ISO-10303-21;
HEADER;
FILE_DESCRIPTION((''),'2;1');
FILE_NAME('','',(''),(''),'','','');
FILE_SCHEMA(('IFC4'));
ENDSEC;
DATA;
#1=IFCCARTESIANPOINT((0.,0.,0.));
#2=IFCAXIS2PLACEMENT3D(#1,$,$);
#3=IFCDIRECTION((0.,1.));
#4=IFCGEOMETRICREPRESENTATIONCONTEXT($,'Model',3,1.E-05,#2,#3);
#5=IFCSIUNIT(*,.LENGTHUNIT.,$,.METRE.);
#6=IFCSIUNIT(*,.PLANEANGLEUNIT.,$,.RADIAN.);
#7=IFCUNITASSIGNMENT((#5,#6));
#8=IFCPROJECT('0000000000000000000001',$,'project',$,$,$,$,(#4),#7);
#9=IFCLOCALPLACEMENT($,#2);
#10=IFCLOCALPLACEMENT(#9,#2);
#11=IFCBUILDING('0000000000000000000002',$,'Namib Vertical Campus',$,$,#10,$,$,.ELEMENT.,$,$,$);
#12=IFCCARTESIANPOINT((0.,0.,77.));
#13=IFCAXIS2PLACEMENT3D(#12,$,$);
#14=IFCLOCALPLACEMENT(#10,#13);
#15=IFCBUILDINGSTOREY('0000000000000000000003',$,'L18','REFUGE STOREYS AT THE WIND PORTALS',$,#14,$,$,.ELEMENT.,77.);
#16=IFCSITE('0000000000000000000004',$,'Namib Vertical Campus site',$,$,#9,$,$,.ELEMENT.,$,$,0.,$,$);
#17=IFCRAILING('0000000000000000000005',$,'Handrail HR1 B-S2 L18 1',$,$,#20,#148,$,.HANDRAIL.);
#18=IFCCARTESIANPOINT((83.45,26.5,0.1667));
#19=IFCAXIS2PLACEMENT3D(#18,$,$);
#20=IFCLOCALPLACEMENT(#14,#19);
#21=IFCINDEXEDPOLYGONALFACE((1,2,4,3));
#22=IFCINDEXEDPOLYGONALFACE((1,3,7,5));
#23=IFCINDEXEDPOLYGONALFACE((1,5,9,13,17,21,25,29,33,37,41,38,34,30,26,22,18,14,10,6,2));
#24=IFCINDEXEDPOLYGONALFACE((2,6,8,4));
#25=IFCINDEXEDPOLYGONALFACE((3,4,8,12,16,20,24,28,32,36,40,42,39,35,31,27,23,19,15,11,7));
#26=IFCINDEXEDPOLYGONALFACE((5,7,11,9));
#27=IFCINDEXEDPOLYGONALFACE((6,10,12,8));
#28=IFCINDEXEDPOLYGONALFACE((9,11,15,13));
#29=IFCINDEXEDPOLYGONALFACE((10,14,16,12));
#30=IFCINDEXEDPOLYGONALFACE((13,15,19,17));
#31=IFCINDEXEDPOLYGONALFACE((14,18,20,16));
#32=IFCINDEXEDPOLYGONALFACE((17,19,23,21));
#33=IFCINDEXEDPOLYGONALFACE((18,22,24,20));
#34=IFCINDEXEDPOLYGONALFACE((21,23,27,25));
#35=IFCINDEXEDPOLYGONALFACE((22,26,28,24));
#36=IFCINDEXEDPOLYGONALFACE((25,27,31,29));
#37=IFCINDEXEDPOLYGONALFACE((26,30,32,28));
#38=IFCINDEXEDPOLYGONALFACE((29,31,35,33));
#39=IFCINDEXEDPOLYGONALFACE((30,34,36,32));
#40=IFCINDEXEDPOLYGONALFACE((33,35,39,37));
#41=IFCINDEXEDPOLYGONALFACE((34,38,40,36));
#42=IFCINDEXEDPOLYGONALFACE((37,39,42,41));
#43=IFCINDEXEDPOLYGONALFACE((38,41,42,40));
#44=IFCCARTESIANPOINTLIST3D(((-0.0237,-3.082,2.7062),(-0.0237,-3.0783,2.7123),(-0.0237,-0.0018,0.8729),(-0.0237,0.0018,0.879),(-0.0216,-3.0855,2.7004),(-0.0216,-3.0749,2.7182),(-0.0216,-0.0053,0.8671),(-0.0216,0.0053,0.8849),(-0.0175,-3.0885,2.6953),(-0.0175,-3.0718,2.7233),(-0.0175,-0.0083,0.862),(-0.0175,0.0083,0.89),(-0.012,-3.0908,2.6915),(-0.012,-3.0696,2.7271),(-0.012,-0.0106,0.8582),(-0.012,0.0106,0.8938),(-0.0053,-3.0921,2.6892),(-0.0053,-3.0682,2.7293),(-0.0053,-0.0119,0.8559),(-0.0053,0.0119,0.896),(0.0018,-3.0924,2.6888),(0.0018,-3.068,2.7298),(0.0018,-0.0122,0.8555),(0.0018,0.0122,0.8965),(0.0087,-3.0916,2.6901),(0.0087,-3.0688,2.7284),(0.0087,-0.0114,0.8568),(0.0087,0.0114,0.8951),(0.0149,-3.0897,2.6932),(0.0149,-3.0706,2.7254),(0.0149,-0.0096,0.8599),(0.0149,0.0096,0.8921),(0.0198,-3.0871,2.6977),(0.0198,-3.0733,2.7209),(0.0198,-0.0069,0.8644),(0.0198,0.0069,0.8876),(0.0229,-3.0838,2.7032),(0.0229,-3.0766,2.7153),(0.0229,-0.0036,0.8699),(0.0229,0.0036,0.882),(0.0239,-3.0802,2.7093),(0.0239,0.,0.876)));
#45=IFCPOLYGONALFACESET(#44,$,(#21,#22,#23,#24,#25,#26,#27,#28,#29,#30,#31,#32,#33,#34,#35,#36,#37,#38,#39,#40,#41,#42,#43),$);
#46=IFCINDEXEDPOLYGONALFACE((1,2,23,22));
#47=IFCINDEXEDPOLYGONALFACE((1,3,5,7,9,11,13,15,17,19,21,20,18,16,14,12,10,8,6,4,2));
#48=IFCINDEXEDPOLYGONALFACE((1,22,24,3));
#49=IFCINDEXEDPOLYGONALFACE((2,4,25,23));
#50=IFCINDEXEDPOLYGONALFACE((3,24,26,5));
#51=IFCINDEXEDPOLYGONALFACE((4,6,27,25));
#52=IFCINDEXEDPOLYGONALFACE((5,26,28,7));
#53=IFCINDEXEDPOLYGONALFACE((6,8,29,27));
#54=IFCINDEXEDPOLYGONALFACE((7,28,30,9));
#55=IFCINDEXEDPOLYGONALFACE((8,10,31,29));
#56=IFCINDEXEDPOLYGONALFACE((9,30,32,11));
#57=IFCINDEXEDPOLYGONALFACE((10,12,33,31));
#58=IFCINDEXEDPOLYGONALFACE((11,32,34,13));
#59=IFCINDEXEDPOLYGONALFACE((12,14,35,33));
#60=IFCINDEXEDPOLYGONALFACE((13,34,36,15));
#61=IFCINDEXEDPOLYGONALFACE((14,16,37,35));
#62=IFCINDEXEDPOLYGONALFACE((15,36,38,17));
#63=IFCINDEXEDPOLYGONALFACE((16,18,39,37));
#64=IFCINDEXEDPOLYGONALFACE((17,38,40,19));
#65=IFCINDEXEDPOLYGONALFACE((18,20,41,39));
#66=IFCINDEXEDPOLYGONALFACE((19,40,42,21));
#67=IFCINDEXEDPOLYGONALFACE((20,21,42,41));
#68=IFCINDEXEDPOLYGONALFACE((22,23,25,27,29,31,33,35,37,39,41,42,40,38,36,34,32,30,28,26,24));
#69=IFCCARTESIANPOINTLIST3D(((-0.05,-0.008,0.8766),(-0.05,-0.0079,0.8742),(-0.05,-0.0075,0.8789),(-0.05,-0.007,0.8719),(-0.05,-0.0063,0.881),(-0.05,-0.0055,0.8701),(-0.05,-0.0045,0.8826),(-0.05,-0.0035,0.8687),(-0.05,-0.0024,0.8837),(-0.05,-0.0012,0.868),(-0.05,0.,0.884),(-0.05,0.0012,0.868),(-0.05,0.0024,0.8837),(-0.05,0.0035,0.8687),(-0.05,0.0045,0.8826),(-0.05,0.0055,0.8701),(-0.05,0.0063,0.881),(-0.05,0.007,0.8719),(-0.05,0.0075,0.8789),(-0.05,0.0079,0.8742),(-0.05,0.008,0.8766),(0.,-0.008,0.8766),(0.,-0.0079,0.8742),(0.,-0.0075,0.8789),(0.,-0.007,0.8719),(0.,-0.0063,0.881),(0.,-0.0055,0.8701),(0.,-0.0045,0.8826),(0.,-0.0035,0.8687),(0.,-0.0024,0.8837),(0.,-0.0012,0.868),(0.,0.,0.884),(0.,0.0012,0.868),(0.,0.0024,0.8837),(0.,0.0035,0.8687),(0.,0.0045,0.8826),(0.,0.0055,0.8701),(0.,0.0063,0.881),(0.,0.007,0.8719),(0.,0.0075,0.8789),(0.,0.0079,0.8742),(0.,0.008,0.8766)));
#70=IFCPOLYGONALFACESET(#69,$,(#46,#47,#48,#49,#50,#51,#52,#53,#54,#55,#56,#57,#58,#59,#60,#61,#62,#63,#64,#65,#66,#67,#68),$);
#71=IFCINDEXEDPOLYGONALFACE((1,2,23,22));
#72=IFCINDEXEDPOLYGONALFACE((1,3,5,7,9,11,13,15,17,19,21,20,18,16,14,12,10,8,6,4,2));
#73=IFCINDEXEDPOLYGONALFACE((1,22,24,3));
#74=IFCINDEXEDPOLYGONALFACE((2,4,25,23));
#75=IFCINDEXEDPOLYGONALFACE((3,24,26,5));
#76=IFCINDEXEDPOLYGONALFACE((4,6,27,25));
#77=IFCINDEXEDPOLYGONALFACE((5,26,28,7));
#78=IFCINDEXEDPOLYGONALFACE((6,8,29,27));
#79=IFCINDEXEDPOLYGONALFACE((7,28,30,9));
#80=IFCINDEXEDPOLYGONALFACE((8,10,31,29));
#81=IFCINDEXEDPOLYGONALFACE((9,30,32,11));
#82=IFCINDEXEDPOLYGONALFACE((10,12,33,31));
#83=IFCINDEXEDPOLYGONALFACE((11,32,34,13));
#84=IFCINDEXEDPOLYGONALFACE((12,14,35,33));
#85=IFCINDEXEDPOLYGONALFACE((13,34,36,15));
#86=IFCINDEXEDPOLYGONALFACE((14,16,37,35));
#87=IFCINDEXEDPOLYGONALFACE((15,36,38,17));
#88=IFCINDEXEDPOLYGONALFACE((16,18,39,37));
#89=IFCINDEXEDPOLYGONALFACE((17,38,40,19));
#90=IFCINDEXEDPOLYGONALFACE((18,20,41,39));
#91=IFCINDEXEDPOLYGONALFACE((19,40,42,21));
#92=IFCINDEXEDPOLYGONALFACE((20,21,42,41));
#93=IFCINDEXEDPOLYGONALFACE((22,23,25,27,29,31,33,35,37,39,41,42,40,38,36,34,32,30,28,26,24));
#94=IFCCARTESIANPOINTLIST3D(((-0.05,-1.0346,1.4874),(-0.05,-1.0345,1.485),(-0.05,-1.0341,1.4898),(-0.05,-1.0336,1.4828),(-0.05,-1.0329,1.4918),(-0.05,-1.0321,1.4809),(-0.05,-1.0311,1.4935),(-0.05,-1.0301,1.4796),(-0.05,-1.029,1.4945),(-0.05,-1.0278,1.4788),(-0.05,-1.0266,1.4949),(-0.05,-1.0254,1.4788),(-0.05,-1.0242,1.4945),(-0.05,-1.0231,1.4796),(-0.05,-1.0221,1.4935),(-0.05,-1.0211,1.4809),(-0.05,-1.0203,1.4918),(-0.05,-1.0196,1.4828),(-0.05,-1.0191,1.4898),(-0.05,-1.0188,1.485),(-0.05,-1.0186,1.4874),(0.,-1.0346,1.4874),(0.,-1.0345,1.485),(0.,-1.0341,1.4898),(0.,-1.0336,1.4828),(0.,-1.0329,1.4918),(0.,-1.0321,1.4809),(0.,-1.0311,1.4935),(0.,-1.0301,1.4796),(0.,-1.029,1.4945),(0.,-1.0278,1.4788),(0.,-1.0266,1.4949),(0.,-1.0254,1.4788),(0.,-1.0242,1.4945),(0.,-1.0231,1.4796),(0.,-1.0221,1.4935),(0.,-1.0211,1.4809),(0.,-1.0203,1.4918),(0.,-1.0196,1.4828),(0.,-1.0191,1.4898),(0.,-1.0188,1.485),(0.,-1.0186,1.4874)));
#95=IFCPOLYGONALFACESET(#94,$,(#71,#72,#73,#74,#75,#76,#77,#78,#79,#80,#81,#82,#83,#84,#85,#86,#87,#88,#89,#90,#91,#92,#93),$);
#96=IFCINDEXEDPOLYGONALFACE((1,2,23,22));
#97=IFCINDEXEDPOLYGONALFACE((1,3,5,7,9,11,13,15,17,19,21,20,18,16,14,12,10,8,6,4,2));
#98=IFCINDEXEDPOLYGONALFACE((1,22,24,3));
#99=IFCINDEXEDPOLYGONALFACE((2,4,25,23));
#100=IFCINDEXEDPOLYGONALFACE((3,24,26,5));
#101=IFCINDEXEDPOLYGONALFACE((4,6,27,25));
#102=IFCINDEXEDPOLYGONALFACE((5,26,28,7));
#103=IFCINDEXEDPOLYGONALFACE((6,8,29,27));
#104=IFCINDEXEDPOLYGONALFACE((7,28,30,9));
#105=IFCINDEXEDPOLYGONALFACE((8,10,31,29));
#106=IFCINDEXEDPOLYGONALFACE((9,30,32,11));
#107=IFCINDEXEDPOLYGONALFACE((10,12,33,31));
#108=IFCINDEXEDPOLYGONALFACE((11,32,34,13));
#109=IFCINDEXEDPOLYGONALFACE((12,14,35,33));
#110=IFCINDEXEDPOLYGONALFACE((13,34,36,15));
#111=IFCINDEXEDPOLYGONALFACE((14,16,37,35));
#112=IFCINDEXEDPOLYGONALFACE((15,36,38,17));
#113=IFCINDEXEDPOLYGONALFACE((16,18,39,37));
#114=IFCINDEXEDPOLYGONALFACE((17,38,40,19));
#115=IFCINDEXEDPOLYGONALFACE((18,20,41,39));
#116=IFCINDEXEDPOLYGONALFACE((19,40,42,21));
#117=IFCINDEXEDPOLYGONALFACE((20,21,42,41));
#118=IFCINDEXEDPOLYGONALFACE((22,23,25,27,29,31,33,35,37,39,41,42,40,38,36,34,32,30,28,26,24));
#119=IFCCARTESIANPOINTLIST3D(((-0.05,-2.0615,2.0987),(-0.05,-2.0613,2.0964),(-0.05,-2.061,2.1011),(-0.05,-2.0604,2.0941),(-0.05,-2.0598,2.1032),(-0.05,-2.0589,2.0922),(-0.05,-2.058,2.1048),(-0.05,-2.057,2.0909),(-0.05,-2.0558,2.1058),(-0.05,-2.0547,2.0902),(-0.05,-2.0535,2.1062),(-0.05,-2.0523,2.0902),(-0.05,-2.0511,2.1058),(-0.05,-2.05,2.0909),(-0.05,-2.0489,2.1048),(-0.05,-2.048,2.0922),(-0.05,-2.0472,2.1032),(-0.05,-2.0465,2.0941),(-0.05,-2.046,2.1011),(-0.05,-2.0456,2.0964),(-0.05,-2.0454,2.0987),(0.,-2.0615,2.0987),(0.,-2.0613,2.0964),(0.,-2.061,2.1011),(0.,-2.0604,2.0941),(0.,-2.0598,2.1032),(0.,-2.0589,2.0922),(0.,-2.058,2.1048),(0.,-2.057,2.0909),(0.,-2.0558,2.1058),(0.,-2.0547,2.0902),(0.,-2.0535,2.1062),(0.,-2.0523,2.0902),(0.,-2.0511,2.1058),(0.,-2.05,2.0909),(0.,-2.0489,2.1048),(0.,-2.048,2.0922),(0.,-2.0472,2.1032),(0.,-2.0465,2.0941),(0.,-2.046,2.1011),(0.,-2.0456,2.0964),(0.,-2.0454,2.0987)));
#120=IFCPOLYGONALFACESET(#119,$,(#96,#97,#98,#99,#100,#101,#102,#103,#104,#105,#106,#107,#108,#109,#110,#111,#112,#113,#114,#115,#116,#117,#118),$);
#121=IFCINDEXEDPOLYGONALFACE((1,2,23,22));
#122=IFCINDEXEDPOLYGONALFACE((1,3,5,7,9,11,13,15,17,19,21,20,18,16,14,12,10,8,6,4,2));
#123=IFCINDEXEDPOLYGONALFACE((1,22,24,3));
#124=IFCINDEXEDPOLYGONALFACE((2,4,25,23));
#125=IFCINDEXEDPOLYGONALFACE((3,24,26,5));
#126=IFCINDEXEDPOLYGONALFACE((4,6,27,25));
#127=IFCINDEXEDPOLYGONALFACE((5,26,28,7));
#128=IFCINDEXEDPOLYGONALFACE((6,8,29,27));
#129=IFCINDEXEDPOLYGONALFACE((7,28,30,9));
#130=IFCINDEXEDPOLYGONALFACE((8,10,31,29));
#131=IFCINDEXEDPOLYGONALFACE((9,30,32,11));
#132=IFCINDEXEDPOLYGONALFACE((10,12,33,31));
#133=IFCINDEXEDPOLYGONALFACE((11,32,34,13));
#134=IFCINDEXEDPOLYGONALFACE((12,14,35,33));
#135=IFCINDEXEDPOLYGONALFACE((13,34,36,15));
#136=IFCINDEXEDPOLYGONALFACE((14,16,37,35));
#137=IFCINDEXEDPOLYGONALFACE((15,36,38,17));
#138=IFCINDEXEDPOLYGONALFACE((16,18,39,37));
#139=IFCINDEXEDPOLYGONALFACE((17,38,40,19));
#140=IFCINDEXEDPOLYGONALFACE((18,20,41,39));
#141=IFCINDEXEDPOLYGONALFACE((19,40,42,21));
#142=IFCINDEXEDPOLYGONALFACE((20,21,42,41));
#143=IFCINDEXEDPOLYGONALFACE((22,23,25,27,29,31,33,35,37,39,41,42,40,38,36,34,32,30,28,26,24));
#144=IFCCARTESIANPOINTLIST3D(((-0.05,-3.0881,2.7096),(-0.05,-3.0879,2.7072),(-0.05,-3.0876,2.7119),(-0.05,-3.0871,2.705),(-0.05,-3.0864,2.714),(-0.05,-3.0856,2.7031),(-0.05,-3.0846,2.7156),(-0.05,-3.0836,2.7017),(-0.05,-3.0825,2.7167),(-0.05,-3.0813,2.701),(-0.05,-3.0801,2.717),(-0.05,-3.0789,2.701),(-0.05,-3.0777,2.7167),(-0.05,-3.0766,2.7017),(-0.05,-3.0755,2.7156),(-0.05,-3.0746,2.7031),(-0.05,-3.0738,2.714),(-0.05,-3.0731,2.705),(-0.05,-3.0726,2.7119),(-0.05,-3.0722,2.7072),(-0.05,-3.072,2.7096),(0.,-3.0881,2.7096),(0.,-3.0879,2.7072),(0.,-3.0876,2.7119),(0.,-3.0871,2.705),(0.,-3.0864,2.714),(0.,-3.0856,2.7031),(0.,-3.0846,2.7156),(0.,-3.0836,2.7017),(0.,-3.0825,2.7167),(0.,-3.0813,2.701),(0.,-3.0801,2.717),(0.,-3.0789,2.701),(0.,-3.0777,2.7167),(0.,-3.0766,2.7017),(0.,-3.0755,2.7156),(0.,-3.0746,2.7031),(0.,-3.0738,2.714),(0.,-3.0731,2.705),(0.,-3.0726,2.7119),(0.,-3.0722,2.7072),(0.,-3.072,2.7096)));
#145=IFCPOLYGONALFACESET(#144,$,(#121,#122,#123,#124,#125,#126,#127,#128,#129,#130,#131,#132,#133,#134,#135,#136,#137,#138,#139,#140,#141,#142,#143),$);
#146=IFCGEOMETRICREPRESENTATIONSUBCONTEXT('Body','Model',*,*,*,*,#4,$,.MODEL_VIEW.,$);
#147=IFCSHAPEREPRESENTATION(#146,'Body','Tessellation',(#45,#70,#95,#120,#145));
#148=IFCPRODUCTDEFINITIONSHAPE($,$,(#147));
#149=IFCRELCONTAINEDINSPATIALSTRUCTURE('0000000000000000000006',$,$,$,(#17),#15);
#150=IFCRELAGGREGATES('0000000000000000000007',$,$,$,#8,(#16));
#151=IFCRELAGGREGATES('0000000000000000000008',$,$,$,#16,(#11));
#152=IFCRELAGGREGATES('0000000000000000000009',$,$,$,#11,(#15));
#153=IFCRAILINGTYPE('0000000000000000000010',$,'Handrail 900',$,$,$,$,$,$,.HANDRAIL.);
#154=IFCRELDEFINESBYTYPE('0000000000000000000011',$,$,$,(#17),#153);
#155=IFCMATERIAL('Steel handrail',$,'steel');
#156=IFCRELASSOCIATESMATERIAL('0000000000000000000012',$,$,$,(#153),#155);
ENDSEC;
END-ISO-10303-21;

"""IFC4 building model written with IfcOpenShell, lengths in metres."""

from ifc_helpers import new_model, si_unit, direction, frame, origin, origin_2d, place, context, subcontext, project, spatial, circle, extrude, material, type_object, element, save


model = new_model("IFC4")

# Units and contexts
model_context = context("Model", 3, precision=1e-05, world=origin(), true_north=direction((0.0, 1.0)))
body_context = subcontext(model_context, "Body", "Model", "MODEL_VIEW")
ifc_project = project(units=[si_unit("LENGTHUNIT", "METRE"), si_unit("PLANEANGLEUNIT", "RADIAN")], contexts=[model_context])

# Site, building, storey
site_placement = place(None, origin())
site = spatial("IfcSite", under=ifc_project, at=site_placement, Name="Namib Vertical Campus site", CompositionType="ELEMENT", RefElevation=0.0)
building_placement = place(site_placement, origin())
building = spatial("IfcBuilding", under=site, at=building_placement, Name="Namib Vertical Campus", CompositionType="ELEMENT")
storey_placement = place(building_placement, frame((0.0, 0.0, 77.0)))
storey = spatial("IfcBuildingStorey", under=building, at=storey_placement, Name="L18", Description="REFUGE STOREYS AT THE WIND PORTALS", CompositionType="ELEMENT", Elevation=77.0)

# Railing
ifc_material_1 = material(Name="Steel handrail", Category="steel")
railing_type = type_object("IfcRailingType", Name="Handrail 900", PredefinedType="HANDRAIL", material=ifc_material_1)
railing_1_placement = place(storey_placement, frame((83.45, 26.5, 0.1667)))
element("IfcRailing", 1, at=railing_1_placement, inside=storey, type_object=railing_type, Name="Handrail HR1 B-S2 L18 1", PredefinedType="HANDRAIL", context=body_context, shape_type="SweptSolid", body=[
    extrude(circle(Radius=0.0239, at=origin_2d()), frame((0.0, 0.0, 0.876), z_axis=(0.0, -0.859309, 0.511458), x_axis=(1.0, 0.0, 0.0)), (0.0, 0.0, 1.0), 3.5845),
    extrude(circle(Radius=0.0081, at=origin_2d()), frame((0.0, 0.0, 0.876), z_axis=(-1.0, 0.0, 0.0), x_axis=(0.0, 0.0, 1.0)), (0.0, 0.0, 1.0), 0.05),
    extrude(circle(Radius=0.0081, at=origin_2d()), frame((0.0, -1.0266, 1.4868), z_axis=(-1.0, 0.0, 0.0), x_axis=(0.0, 0.0, 1.0)), (0.0, 0.0, 1.0), 0.05),
    extrude(circle(Radius=0.0081, at=origin_2d()), frame((0.0, -2.0535, 2.0981), z_axis=(-1.0, 0.0, 0.0), x_axis=(0.0, 0.0, 1.0)), (0.0, 0.0, 1.0), 0.05),
    extrude(circle(Radius=0.0081, at=origin_2d()), frame((0.0, -3.0801, 2.709), z_axis=(-1.0, 0.0, 0.0), x_axis=(0.0, 0.0, 1.0)), (0.0, 0.0, 1.0), 0.05),
])

save(model, "model.ifc")
